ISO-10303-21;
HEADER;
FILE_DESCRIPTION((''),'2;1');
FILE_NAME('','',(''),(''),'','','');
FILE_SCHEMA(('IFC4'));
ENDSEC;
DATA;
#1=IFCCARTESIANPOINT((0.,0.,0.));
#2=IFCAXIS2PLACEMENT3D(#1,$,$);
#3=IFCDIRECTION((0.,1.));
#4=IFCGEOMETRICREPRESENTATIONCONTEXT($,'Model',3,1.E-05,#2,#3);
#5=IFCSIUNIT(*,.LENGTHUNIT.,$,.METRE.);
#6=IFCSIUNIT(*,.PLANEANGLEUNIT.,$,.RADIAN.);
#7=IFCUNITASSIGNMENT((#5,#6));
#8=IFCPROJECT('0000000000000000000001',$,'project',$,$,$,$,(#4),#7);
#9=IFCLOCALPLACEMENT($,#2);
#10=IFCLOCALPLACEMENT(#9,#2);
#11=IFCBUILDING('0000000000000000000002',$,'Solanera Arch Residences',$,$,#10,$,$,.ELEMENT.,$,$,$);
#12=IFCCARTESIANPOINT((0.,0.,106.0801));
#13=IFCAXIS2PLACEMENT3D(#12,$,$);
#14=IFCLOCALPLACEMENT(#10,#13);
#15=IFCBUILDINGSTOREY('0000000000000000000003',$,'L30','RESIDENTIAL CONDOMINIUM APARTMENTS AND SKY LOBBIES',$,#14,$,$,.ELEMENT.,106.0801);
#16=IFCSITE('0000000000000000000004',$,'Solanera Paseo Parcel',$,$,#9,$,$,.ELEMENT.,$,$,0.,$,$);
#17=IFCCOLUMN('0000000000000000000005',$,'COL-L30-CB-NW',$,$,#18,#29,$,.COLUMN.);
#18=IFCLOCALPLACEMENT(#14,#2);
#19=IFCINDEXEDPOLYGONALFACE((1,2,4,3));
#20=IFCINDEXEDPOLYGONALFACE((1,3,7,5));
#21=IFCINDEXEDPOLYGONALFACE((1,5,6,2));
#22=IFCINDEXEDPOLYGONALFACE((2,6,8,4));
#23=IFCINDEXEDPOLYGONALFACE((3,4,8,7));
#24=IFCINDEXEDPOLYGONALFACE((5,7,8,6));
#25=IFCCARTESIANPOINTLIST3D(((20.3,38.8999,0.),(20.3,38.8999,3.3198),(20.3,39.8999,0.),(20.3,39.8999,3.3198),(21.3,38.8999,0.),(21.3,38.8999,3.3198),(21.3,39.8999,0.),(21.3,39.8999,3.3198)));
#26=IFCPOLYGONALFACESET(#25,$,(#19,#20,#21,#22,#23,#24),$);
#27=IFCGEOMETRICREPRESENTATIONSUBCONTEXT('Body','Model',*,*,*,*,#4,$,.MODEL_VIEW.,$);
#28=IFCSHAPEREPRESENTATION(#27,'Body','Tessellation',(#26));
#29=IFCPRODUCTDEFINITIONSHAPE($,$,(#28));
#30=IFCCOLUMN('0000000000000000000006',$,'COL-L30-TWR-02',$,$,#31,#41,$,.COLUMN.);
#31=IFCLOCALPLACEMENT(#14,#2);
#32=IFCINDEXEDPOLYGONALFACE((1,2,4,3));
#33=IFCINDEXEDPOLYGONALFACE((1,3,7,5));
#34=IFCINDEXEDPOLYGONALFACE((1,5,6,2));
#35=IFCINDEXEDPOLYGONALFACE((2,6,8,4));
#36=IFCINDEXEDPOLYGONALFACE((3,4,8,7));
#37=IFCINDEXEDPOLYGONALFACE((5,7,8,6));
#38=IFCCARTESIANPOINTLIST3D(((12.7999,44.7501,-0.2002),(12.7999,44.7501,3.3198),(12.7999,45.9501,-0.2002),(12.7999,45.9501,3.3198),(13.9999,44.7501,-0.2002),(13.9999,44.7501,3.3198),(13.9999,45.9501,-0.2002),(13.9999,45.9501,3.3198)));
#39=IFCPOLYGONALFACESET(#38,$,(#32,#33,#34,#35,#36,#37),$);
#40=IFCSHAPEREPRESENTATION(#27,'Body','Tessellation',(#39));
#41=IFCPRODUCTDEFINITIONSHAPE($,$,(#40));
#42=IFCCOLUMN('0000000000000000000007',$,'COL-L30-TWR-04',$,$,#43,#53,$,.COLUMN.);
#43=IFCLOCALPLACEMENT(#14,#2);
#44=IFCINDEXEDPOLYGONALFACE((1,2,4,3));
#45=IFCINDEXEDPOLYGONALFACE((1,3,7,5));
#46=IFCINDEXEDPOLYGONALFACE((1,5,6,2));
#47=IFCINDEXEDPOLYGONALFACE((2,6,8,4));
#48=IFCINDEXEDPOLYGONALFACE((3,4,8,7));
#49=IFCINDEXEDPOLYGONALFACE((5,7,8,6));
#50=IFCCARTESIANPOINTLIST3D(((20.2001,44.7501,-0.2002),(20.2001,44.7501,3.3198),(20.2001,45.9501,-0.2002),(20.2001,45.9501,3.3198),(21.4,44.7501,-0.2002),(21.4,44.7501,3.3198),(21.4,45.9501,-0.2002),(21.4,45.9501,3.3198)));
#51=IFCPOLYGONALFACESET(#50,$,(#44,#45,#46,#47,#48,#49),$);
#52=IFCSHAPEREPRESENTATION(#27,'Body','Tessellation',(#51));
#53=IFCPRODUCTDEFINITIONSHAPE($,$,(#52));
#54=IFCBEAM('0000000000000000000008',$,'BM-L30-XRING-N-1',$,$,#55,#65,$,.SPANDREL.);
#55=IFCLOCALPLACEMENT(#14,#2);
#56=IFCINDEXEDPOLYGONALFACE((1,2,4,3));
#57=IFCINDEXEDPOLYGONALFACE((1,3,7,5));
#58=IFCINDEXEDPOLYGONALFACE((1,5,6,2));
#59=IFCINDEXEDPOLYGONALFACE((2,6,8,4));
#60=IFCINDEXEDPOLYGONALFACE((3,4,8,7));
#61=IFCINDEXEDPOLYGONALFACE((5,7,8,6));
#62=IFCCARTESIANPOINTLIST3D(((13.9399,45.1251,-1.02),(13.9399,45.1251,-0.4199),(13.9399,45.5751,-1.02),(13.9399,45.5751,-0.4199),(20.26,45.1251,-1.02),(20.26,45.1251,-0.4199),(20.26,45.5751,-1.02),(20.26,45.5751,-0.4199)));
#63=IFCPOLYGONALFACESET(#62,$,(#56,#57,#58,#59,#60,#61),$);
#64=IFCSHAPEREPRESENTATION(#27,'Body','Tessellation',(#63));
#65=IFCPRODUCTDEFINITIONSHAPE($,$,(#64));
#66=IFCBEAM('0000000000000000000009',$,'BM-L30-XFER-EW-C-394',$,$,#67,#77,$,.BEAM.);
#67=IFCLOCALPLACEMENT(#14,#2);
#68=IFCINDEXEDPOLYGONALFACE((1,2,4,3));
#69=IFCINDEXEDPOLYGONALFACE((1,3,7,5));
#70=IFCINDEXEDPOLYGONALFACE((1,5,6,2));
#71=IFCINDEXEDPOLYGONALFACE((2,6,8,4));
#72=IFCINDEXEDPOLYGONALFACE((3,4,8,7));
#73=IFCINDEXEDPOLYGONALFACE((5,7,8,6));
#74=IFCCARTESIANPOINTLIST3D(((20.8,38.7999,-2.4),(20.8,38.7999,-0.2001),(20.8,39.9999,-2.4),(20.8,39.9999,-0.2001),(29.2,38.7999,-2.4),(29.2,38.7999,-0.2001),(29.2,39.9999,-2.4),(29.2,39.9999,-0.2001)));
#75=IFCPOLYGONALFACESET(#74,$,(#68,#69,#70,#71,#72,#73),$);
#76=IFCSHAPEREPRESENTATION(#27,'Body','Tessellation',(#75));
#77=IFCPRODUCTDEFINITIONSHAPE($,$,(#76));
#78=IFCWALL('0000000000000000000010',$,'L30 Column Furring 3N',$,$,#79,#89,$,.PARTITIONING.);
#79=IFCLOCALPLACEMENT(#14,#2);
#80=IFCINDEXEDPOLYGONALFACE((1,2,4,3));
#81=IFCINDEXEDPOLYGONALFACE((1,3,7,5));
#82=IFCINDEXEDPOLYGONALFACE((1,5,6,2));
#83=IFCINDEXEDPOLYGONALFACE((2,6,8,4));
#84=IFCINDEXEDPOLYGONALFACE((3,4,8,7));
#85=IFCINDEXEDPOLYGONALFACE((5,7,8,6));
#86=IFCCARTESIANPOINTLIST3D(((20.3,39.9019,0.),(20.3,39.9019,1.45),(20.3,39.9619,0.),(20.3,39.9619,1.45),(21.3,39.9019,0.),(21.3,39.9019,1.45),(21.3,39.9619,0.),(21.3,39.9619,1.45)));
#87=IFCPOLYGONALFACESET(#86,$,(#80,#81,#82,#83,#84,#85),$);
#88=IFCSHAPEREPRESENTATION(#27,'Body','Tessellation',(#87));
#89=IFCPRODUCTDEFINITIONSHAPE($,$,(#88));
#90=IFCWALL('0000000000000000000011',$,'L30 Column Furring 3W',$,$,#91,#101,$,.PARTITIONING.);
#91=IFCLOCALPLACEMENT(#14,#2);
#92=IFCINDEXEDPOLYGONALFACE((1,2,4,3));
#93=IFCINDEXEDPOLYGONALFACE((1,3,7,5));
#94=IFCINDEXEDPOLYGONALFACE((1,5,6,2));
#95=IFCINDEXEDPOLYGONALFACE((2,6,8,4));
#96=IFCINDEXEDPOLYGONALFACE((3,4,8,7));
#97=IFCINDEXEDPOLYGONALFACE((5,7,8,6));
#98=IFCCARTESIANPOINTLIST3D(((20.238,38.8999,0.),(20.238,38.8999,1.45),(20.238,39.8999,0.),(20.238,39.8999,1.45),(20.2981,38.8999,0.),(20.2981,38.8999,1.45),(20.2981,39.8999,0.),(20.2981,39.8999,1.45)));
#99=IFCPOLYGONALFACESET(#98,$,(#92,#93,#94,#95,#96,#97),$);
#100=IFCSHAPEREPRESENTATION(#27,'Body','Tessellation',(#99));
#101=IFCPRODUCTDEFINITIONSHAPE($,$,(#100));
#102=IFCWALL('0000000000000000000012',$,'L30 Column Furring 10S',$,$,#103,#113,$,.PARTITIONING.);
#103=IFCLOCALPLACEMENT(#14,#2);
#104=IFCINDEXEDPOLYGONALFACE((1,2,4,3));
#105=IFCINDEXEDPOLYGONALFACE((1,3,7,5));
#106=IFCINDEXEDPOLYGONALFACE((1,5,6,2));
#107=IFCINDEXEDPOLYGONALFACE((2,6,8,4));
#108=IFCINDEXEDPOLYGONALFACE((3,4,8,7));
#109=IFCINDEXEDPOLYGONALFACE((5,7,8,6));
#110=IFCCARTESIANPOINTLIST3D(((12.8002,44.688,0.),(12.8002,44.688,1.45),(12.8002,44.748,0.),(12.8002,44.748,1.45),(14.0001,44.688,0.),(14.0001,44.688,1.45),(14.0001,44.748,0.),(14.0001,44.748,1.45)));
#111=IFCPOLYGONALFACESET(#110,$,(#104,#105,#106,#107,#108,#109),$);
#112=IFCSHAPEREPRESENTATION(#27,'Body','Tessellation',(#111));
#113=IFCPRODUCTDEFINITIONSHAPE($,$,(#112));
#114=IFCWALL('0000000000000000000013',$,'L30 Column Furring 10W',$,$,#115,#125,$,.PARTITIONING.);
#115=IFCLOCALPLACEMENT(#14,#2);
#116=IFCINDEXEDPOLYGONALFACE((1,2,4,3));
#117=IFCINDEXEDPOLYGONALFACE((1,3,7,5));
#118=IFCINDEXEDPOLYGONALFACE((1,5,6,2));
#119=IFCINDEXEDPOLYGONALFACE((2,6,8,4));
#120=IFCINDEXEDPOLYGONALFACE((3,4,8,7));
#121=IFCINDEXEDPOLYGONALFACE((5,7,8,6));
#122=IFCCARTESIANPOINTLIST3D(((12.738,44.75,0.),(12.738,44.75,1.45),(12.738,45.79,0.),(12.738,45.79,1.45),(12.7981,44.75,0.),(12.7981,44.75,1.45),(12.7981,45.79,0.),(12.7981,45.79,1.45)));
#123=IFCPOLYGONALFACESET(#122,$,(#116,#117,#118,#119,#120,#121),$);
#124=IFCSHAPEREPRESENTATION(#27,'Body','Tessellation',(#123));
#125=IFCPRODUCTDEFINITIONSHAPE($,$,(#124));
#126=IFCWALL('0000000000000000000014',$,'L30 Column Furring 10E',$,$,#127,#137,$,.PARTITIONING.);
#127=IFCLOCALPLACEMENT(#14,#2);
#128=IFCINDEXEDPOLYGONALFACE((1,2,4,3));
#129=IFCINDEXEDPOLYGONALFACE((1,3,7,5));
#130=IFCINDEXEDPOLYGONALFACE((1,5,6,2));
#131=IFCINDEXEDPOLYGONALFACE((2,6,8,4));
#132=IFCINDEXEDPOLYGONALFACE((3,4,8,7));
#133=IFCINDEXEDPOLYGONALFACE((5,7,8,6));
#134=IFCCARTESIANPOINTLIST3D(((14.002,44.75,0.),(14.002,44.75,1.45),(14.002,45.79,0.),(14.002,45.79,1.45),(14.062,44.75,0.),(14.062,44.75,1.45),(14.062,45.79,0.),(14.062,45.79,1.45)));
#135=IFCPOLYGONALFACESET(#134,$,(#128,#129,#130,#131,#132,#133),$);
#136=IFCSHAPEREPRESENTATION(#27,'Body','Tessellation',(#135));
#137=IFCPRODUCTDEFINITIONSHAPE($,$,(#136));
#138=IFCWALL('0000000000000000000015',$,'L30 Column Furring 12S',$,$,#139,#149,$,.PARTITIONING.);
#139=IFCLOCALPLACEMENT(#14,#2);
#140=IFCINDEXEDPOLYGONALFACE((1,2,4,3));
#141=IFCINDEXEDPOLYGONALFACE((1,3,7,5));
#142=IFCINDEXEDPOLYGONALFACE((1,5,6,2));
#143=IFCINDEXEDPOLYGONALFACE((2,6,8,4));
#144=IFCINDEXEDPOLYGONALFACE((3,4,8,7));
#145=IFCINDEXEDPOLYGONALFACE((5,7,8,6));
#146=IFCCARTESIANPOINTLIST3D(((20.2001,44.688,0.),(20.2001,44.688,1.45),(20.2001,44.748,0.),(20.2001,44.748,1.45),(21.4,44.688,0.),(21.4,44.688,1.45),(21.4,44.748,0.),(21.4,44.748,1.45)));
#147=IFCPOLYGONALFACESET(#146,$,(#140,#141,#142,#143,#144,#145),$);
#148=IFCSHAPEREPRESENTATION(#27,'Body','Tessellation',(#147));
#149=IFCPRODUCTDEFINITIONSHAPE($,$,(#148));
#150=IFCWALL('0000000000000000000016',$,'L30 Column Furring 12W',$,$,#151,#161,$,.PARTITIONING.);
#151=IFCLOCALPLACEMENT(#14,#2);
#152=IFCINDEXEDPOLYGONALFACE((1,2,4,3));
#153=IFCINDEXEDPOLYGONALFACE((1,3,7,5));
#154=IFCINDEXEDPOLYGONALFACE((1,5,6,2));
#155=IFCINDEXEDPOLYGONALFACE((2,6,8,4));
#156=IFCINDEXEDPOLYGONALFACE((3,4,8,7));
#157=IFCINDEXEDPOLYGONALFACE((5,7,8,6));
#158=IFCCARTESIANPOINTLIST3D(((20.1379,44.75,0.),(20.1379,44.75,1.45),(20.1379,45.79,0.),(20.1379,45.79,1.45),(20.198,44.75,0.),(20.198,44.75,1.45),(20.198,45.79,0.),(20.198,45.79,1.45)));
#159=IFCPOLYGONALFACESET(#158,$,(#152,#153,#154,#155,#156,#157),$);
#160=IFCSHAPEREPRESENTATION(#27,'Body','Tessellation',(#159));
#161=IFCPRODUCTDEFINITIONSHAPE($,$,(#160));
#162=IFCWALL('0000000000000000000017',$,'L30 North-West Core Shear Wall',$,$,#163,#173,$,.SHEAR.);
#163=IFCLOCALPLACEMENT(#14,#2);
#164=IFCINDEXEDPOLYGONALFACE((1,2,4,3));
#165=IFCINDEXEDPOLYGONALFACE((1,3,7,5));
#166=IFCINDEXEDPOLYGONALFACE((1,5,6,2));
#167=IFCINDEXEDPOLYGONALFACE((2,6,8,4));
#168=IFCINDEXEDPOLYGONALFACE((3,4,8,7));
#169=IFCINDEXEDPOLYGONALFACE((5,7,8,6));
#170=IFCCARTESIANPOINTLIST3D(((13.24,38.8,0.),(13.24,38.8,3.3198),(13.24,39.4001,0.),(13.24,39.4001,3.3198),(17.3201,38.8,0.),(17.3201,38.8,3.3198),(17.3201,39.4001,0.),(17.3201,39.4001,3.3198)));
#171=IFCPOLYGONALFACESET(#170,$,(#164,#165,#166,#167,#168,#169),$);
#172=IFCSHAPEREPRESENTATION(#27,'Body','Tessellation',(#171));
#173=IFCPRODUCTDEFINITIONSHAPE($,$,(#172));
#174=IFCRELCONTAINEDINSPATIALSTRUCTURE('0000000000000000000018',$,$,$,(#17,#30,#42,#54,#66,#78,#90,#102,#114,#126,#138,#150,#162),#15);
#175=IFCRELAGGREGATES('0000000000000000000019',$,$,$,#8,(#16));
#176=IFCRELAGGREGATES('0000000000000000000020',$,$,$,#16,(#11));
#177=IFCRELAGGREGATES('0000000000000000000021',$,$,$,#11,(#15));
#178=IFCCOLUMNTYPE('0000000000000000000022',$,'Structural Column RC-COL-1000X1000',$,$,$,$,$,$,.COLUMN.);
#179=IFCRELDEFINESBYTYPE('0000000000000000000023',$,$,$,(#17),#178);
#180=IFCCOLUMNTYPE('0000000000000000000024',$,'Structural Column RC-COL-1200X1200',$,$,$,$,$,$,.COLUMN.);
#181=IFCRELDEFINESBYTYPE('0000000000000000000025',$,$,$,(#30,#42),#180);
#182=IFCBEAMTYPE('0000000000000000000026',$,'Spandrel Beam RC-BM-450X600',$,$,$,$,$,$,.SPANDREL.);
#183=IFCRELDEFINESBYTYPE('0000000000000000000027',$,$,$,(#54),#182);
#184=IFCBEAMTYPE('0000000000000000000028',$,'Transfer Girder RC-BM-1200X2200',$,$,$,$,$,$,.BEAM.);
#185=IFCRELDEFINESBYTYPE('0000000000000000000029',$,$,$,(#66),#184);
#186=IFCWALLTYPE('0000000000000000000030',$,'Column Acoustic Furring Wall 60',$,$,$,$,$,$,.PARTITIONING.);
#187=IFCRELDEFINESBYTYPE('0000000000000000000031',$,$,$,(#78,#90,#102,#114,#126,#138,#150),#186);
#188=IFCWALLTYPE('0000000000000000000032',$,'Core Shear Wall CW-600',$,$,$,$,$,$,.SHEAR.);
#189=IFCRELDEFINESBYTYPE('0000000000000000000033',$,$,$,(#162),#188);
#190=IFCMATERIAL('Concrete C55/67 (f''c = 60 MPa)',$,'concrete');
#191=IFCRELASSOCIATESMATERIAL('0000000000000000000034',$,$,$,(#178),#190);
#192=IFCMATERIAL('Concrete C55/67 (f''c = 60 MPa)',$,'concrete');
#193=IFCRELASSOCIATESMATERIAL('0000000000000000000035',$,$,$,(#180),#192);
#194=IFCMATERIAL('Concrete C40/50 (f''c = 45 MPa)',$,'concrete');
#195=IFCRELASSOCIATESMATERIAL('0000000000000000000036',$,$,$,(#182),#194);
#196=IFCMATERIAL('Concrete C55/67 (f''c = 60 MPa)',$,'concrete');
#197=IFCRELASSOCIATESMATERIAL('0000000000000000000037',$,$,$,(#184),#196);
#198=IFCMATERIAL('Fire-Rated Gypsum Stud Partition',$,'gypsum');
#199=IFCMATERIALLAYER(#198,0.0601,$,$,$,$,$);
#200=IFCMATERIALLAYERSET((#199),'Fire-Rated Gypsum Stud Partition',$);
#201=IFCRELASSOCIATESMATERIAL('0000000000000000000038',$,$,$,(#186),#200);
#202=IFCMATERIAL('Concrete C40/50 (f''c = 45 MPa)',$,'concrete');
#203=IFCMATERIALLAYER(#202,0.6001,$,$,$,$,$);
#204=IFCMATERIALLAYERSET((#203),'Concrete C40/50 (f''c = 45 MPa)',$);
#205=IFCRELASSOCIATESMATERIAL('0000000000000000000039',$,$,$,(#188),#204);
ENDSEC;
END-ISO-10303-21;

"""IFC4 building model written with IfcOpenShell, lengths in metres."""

from ifc_helpers import new_model, si_unit, direction, frame, frame_2d, origin, origin_2d, place, context, subcontext, project, spatial, rectangle, extrude, material, layer, layer_set, material_profile, profile_set, type_object, element, save


model = new_model("IFC4")

# Units and contexts
model_context = context("Model", 3, precision=1e-05, world=origin(), true_north=direction((0.0, 1.0)))
body_context = subcontext(model_context, "Body", "Model", "MODEL_VIEW")
ifc_project = project(units=[si_unit("LENGTHUNIT", "METRE"), si_unit("PLANEANGLEUNIT", "RADIAN")], contexts=[model_context])

# Site, building, storey
site_placement = place(None, origin())
site = spatial("IfcSite", under=ifc_project, at=site_placement, Name="Solanera Paseo Parcel", CompositionType="ELEMENT", RefElevation=0.0)
building_placement = place(site_placement, origin())
building = spatial("IfcBuilding", under=site, at=building_placement, Name="Solanera Arch Residences", CompositionType="ELEMENT")
storey_placement = place(building_placement, frame((0.0, 0.0, 106.0801)))
storey = spatial("IfcBuildingStorey", under=building, at=storey_placement, Name="L30", Description="RESIDENTIAL CONDOMINIUM APARTMENTS AND SKY LOBBIES", CompositionType="ELEMENT", Elevation=106.0801)

# Columns
ifc_material_1 = material(Name="Concrete C55/67 (f'c = 60 MPa)", Category="concrete")
ifc_material_profile_1 = material_profile(ifc_material_1, rectangle(XDim=1.0, YDim=1.0, at=origin_2d()))
ifc_profile_set_1 = profile_set([ifc_material_profile_1], Name="Concrete C55/67 (f'c = 60 MPa)")
column_type_1 = type_object("IfcColumnType", Name="Structural Column RC-COL-1000X1000", PredefinedType="COLUMN", material=ifc_profile_set_1)
column_placement = place(storey_placement, frame((20.8, 39.3999, 0.0), z_axis=(0.0, 0.0, 1.0), x_axis=(1.0, 0.0, 0.0)))
element("IfcColumn", 1, at=column_placement, inside=storey, type_object=column_type_1, Name="COL-L30-CB-NW", PredefinedType="COLUMN", context=body_context, shape_type="SweptSolid", body=[
    extrude(rectangle(XDim=1.0, YDim=1.0, at=origin_2d()), origin(), (0.0, 0.0, 1.0), 3.3198),
])
ifc_material_2 = material(Name="Concrete C55/67 (f'c = 60 MPa)", Category="concrete")
ifc_material_profile_2 = material_profile(ifc_material_2, rectangle(XDim=1.2, YDim=1.2, at=origin_2d()))
ifc_profile_set_2 = profile_set([ifc_material_profile_2], Name="Concrete C55/67 (f'c = 60 MPa)")
column_type_2 = type_object("IfcColumnType", Name="Structural Column RC-COL-1200X1200", PredefinedType="COLUMN", material=ifc_profile_set_2)
for number, where, z_axis, x_axis, name in (
    (2, (13.3999, 45.3501, -0.2002), (0.0, 0.0, 1.0), (1.0, 0.0, 0.0), "COL-L30-TWR-02"),
    (3, (20.8, 45.3501, -0.2002), (0.0, 0.0, 1.0), (1.0, 0.0, 0.0), "COL-L30-TWR-04"),
):
    element("IfcColumn", number, at=place(storey_placement, frame(where, z_axis=z_axis, x_axis=x_axis)), inside=storey, type_object=column_type_2, Name=name, PredefinedType="COLUMN", context=body_context, shape_type="SweptSolid", body=[
        extrude(rectangle(XDim=1.2, YDim=1.2, at=origin_2d()), origin(), (0.0, 0.0, 1.0), 3.52),
    ])

# Beams
ifc_material_3 = material(Name="Concrete C40/50 (f'c = 45 MPa)", Category="concrete")
ifc_material_profile_3 = material_profile(ifc_material_3, rectangle(XDim=0.45, YDim=0.6001, at=origin_2d()))
ifc_profile_set_3 = profile_set([ifc_material_profile_3], Name="Concrete C40/50 (f'c = 45 MPa)")
beam_type_1 = type_object("IfcBeamType", Name="Spandrel Beam RC-BM-450X600", PredefinedType="SPANDREL", material=ifc_profile_set_3)
beam_1_placement = place(storey_placement, frame((13.9399, 45.3501, -0.72), z_axis=(1.0, 0.0, 0.0), x_axis=(0.0, 1.0, 0.0)))
element("IfcBeam", 4, at=beam_1_placement, inside=storey, type_object=beam_type_1, Name="BM-L30-XRING-N-1", PredefinedType="SPANDREL", context=body_context, shape_type="SweptSolid", body=[
    extrude(rectangle(XDim=0.45, YDim=0.6001, at=origin_2d()), origin(), (0.0, 0.0, 1.0), 6.3201),
])
ifc_material_4 = material(Name="Concrete C55/67 (f'c = 60 MPa)", Category="concrete")
ifc_material_profile_4 = material_profile(ifc_material_4, rectangle(XDim=1.2, YDim=2.2, at=origin_2d()))
ifc_profile_set_4 = profile_set([ifc_material_profile_4], Name="Concrete C55/67 (f'c = 60 MPa)")
beam_type_2 = type_object("IfcBeamType", Name="Transfer Girder RC-BM-1200X2200", PredefinedType="BEAM", material=ifc_profile_set_4)
beam_2_placement = place(storey_placement, frame((20.8, 39.3999, -1.3), z_axis=(1.0, 0.0, 0.0), x_axis=(0.0, 1.0, 0.0)))
element("IfcBeam", 5, at=beam_2_placement, inside=storey, type_object=beam_type_2, Name="BM-L30-XFER-EW-C-394", PredefinedType="BEAM", context=body_context, shape_type="SweptSolid", body=[
    extrude(rectangle(XDim=1.2, YDim=2.2, at=origin_2d()), origin(), (0.0, 0.0, 1.0), 8.3999),
])

# Walls
ifc_material_5 = material(Name="Fire-Rated Gypsum Stud Partition", Category="gypsum")
ifc_layer_1 = layer(ifc_material_5, 0.0601)
ifc_layer_set_1 = layer_set([ifc_layer_1], Name="Fire-Rated Gypsum Stud Partition")
wall_type_1 = type_object("IfcWallType", Name="Column Acoustic Furring Wall 60", PredefinedType="PARTITIONING", material=ifc_layer_set_1)
for number, where, z_axis, x_axis, name in (
    (6, (20.3, 39.9319, 0.0), (0.0, 0.0, 1.0), (1.0, 0.0, 0.0), "L30 Column Furring 3N"),
    (7, (20.2681, 38.8999, 0.0), (0.0, 0.0, 1.0), (0.0, 1.0, 0.0), "L30 Column Furring 3W"),
):
    element("IfcWall", number, at=place(storey_placement, frame(where, z_axis=z_axis, x_axis=x_axis)), inside=storey, type_object=wall_type_1, Name=name, PredefinedType="PARTITIONING", context=body_context, shape_type="SweptSolid", body=[
        extrude(rectangle(XDim=1.0, YDim=0.0601, at=frame_2d((0.5, 0.0))), origin(), (0.0, 0.0, 1.0), 1.45),
    ])
wall_1_placement = place(storey_placement, frame((12.8, 44.718, 0.0), z_axis=(0.0, 0.0, 1.0), x_axis=(1.0, 0.0, 0.0)))
element("IfcWall", 8, at=wall_1_placement, inside=storey, type_object=wall_type_1, Name="L30 Column Furring 10S", PredefinedType="PARTITIONING", context=body_context, shape_type="SweptSolid", body=[
    extrude(rectangle(XDim=1.2, YDim=0.0601, at=frame_2d((0.6001, 0.0))), origin(), (0.0, 0.0, 1.0), 1.45),
])
for number, where, z_axis, x_axis, name in (
    (9, (12.7681, 44.75, 0.0), (0.0, 0.0, 1.0), (0.0, 1.0, 0.0), "L30 Column Furring 10W"),
    (10, (14.032, 44.75, 0.0), (0.0, 0.0, 1.0), (0.0, 1.0, 0.0), "L30 Column Furring 10E"),
):
    element("IfcWall", number, at=place(storey_placement, frame(where, z_axis=z_axis, x_axis=x_axis)), inside=storey, type_object=wall_type_1, Name=name, PredefinedType="PARTITIONING", context=body_context, shape_type="SweptSolid", body=[
        extrude(rectangle(XDim=1.04, YDim=0.0601, at=frame_2d((0.52, 0.0))), origin(), (0.0, 0.0, 1.0), 1.45),
    ])
wall_2_placement = place(storey_placement, frame((20.2, 44.718, 0.0), z_axis=(0.0, 0.0, 1.0), x_axis=(1.0, 0.0, 0.0)))
element("IfcWall", 11, at=wall_2_placement, inside=storey, type_object=wall_type_1, Name="L30 Column Furring 12S", PredefinedType="PARTITIONING", context=body_context, shape_type="SweptSolid", body=[
    extrude(rectangle(XDim=1.2, YDim=0.0601, at=frame_2d((0.6001, 0.0))), origin(), (0.0, 0.0, 1.0), 1.45),
])
wall_3_placement = place(storey_placement, frame((20.168, 44.75, 0.0), z_axis=(0.0, 0.0, 1.0), x_axis=(0.0, 1.0, 0.0)))
element("IfcWall", 12, at=wall_3_placement, inside=storey, type_object=wall_type_1, Name="L30 Column Furring 12W", PredefinedType="PARTITIONING", context=body_context, shape_type="SweptSolid", body=[
    extrude(rectangle(XDim=1.04, YDim=0.0601, at=frame_2d((0.52, 0.0))), origin(), (0.0, 0.0, 1.0), 1.45),
])
ifc_material_6 = material(Name="Concrete C40/50 (f'c = 45 MPa)", Category="concrete")
ifc_layer_2 = layer(ifc_material_6, 0.6001)
ifc_layer_set_2 = layer_set([ifc_layer_2], Name="Concrete C40/50 (f'c = 45 MPa)")
wall_type_2 = type_object("IfcWallType", Name="Core Shear Wall CW-600", PredefinedType="SHEAR", material=ifc_layer_set_2)
wall_4_placement = place(storey_placement, frame((13.24, 39.1001, 0.0), z_axis=(0.0, 0.0, 1.0), x_axis=(1.0, 0.0, 0.0)))
element("IfcWall", 13, at=wall_4_placement, inside=storey, type_object=wall_type_2, Name="L30 North-West Core Shear Wall", PredefinedType="SHEAR", context=body_context, shape_type="SweptSolid", body=[
    extrude(rectangle(XDim=4.0801, YDim=0.6001, at=frame_2d((2.04, 0.0))), origin(), (0.0, 0.0, 1.0), 3.3198),
])

save(model, "model.ifc")
